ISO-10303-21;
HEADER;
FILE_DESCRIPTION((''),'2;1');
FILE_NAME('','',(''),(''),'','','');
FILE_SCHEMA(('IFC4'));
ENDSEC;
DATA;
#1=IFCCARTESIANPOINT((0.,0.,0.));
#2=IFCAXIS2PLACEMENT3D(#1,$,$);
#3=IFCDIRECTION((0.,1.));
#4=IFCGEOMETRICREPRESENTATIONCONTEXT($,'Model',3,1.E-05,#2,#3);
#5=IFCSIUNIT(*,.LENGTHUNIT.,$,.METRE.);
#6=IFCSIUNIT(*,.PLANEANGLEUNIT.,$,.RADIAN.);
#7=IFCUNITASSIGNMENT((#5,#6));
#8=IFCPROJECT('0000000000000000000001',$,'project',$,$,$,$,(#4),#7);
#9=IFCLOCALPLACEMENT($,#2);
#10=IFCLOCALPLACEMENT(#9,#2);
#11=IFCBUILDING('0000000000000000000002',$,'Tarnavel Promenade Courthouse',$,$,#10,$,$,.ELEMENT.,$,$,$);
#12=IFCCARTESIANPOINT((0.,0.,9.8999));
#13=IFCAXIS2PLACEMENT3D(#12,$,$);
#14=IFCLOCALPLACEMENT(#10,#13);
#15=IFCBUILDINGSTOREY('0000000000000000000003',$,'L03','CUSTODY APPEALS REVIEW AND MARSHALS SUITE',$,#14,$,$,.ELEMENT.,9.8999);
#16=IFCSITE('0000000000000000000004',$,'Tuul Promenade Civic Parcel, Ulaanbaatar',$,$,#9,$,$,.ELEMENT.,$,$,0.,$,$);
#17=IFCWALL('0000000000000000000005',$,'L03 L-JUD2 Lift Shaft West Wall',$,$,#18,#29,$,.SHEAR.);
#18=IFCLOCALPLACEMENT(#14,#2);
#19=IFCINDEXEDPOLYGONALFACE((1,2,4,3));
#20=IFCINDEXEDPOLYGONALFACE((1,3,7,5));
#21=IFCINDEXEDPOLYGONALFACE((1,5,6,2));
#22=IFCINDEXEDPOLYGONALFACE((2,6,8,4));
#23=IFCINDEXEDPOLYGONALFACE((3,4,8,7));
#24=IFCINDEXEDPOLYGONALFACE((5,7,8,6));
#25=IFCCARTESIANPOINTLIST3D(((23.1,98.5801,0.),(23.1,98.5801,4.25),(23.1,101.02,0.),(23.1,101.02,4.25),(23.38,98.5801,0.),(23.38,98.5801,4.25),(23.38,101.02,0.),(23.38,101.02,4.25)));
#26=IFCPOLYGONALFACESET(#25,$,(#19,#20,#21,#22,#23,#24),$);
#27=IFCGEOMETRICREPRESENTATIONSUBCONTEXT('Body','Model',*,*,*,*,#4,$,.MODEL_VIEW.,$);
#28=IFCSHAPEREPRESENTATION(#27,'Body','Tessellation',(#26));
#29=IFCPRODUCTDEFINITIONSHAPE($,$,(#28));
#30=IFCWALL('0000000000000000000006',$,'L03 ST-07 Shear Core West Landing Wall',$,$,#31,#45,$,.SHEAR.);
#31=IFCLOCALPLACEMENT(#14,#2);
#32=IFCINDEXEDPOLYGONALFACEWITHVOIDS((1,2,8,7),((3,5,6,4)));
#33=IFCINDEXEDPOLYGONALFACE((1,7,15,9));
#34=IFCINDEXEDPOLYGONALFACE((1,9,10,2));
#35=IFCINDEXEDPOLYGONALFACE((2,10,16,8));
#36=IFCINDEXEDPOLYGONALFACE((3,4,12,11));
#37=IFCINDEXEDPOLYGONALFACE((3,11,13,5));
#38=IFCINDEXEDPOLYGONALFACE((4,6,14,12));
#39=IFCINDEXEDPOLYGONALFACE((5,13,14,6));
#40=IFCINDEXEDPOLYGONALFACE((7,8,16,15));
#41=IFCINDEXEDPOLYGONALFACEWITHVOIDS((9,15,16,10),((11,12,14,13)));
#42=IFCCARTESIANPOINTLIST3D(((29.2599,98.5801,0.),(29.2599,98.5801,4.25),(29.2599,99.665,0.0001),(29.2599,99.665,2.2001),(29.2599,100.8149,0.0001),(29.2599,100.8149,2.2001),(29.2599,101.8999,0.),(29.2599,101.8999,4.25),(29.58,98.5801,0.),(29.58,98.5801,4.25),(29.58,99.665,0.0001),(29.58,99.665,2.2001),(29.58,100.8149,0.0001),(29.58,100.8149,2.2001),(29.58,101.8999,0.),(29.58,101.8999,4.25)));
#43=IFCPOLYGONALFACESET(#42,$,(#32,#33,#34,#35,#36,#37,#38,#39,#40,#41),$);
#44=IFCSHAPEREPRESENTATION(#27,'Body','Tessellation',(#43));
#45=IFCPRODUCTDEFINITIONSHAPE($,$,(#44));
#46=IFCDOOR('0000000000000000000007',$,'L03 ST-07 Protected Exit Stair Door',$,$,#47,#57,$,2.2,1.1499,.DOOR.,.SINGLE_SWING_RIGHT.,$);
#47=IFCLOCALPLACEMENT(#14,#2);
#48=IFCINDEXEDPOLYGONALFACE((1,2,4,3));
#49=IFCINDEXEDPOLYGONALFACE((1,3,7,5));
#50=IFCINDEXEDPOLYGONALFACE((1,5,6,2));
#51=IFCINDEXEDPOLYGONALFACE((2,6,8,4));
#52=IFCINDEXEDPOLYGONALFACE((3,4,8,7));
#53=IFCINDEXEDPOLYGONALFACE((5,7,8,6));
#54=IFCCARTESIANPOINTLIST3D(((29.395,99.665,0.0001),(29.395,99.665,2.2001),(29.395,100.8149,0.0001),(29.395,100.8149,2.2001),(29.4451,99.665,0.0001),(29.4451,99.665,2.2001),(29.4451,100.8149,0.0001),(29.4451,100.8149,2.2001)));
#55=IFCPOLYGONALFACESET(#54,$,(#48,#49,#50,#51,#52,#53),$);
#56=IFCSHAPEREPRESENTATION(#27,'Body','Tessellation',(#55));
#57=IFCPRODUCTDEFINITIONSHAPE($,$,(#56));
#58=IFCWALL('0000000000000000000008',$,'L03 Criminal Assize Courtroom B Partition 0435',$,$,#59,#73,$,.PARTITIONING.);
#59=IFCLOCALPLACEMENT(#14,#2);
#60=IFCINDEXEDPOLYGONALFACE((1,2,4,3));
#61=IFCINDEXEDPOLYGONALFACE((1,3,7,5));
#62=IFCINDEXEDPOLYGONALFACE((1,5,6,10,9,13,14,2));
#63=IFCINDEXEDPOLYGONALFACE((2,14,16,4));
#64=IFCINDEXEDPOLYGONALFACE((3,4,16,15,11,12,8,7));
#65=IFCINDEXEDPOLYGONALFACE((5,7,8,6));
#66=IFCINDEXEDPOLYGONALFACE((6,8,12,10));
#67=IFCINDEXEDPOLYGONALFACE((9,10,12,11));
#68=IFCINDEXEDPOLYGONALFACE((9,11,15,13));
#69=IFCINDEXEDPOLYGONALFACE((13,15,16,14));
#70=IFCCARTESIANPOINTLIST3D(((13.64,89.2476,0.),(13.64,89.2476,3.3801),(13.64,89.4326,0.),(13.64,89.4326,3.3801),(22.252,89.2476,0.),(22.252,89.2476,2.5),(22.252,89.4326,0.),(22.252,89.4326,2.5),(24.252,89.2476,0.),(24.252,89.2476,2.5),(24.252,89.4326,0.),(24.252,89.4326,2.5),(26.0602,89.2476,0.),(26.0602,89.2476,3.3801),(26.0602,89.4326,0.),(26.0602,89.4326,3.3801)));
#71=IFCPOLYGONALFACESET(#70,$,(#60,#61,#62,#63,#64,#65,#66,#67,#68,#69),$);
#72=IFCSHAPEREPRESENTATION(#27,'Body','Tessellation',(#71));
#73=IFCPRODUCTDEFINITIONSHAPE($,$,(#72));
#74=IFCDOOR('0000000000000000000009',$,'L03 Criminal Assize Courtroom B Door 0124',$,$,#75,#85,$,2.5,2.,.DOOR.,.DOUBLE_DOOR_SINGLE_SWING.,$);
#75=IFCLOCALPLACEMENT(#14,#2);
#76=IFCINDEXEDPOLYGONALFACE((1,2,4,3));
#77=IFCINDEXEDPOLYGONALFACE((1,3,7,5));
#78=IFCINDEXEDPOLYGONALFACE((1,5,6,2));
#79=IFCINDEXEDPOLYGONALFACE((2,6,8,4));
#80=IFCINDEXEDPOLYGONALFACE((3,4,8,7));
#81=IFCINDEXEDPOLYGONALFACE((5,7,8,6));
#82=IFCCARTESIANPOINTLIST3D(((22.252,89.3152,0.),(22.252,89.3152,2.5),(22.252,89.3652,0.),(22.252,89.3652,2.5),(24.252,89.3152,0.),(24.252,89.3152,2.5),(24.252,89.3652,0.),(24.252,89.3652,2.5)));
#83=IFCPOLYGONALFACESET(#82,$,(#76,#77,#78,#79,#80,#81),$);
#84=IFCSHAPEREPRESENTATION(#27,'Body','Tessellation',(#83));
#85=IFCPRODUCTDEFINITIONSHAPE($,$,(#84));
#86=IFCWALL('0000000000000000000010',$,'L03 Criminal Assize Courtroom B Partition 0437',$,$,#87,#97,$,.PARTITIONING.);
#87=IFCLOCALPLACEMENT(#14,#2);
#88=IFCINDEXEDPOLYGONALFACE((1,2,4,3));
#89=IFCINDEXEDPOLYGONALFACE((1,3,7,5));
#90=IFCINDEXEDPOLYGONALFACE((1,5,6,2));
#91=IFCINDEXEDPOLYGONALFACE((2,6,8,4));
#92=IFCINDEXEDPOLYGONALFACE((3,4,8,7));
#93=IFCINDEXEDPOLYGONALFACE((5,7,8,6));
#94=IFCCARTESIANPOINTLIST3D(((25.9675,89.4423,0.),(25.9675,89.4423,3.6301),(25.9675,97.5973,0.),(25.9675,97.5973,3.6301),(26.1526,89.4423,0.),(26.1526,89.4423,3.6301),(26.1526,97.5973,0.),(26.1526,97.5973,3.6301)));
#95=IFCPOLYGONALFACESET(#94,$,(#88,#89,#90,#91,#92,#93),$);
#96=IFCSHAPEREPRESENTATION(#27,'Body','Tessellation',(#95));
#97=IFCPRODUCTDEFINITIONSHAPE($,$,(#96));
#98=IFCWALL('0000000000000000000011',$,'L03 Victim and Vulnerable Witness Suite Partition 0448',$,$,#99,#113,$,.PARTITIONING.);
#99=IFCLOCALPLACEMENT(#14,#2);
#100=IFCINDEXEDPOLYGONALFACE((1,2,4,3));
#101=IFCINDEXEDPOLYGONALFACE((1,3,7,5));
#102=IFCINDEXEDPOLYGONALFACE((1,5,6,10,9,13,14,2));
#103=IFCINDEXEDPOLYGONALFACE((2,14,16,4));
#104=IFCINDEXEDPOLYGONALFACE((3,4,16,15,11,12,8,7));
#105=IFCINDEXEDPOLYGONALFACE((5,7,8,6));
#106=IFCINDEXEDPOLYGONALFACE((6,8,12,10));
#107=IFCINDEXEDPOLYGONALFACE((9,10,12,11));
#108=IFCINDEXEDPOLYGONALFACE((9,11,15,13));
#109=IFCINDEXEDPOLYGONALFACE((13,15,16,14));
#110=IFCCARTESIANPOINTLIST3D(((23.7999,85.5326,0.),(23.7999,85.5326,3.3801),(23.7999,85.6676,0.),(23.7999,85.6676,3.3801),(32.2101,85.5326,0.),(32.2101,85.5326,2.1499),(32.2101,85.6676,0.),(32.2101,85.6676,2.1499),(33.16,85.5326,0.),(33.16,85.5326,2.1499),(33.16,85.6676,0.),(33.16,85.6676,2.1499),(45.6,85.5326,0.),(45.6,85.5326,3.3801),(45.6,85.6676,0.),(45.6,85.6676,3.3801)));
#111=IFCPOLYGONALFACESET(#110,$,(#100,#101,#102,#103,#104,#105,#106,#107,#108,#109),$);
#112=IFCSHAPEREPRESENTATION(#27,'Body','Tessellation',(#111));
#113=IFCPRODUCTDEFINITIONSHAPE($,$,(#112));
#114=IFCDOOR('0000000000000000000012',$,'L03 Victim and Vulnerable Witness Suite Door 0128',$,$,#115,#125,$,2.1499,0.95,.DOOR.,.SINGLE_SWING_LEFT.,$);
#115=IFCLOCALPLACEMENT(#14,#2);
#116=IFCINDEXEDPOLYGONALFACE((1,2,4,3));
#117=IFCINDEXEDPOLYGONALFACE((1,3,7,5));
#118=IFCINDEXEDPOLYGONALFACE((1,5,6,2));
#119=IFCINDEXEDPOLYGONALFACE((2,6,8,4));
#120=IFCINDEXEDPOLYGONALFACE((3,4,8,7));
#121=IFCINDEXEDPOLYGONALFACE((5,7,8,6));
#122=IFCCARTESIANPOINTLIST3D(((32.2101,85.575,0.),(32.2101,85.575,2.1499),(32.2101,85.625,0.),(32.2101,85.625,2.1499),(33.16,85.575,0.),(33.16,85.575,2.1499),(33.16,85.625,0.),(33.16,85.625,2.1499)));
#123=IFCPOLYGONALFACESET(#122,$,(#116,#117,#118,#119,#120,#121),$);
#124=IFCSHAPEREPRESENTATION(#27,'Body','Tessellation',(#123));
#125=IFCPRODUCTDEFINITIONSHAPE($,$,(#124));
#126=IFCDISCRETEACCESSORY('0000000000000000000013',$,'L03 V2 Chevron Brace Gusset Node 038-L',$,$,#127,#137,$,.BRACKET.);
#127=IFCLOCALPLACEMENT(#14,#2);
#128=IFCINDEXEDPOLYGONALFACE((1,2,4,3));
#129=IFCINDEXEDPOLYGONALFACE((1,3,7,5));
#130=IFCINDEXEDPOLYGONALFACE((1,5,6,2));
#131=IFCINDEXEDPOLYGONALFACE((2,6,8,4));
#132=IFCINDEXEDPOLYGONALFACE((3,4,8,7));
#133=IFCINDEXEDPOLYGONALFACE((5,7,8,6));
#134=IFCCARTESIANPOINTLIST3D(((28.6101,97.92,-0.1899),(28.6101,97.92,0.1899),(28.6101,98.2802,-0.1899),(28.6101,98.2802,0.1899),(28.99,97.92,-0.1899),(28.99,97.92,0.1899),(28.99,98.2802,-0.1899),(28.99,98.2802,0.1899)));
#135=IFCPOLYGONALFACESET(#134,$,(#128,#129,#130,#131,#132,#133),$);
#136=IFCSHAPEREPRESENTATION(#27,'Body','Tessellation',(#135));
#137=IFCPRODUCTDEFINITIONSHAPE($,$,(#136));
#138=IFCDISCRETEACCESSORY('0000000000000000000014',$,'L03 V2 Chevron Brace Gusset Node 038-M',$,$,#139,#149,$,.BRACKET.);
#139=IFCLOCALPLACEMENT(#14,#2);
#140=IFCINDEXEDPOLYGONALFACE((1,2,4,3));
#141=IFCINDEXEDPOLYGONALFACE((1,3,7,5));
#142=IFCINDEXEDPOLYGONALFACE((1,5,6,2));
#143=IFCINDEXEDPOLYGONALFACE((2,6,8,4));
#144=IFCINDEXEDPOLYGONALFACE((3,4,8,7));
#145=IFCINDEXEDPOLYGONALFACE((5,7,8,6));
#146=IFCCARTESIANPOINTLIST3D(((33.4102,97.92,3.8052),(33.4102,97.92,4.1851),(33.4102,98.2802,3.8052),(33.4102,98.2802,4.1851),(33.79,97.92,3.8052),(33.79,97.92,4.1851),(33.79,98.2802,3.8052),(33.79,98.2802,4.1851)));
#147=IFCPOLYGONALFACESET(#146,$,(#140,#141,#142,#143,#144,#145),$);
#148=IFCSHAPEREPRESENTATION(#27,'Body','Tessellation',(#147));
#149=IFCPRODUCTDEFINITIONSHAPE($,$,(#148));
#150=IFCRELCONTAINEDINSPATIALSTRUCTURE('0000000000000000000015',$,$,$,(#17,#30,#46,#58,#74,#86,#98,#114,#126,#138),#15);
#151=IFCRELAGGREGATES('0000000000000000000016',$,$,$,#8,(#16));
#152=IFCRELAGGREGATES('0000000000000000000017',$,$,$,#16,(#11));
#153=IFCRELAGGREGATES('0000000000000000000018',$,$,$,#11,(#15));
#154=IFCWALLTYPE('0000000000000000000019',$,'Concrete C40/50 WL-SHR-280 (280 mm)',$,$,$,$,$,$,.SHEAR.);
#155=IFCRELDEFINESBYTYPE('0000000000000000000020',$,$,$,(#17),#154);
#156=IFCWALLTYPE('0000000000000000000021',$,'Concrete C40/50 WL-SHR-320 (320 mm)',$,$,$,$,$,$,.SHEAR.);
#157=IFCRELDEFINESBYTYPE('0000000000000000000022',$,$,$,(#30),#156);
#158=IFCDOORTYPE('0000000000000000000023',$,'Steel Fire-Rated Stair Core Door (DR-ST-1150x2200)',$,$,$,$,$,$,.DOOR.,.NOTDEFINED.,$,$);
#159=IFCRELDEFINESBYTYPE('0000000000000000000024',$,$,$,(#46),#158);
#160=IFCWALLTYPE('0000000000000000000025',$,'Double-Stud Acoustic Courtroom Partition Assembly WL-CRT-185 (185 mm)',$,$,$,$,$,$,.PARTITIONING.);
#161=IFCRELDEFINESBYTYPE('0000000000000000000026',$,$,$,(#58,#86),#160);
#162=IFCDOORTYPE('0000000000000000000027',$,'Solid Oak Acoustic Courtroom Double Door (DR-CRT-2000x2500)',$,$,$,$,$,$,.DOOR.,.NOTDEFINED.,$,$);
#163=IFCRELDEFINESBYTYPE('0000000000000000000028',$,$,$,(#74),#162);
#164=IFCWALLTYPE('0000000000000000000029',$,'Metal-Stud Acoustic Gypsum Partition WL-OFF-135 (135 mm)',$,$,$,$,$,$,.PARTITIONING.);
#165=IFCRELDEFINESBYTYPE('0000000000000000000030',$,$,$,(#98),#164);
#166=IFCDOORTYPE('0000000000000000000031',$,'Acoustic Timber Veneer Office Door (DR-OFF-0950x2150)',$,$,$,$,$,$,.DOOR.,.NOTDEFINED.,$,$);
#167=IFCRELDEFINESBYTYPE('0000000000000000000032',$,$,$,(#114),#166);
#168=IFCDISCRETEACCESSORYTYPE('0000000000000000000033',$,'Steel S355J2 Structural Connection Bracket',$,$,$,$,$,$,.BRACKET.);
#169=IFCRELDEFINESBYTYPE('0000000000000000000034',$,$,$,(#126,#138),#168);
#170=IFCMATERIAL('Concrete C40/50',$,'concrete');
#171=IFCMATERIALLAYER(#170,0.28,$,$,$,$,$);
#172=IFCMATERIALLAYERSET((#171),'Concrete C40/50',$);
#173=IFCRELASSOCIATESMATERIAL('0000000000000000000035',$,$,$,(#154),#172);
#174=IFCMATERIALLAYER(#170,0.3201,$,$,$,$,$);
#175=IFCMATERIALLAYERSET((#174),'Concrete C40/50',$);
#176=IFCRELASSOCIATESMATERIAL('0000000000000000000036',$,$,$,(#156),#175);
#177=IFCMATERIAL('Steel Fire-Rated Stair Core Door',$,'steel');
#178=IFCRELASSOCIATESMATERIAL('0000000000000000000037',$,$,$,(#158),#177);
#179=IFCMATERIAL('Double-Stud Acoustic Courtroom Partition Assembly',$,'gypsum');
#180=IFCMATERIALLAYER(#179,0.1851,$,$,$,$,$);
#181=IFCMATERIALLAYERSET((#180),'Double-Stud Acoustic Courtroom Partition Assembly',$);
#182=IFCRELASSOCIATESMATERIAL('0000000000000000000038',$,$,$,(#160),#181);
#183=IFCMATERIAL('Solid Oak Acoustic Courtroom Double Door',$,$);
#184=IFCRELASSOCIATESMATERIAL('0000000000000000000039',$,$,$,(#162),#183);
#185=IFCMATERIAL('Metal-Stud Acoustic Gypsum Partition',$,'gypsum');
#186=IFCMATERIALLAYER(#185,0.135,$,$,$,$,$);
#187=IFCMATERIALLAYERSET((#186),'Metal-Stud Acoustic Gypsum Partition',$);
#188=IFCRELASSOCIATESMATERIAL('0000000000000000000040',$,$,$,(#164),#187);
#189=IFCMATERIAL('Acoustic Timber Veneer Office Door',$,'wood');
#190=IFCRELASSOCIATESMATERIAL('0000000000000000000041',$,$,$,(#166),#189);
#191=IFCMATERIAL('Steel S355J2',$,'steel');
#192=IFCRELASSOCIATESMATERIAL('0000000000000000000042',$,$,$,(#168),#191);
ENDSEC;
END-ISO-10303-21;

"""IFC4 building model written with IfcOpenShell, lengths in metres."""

from ifc_helpers import new_model, si_unit, direction, frame, frame_2d, origin, origin_2d, place, context, subcontext, project, spatial, rectangle, extrude, material, layer, layer_set, type_object, element, fill, save


model = new_model("IFC4")

# Units and contexts
model_context = context("Model", 3, precision=1e-05, world=origin(), true_north=direction((0.0, 1.0)))
body_context = subcontext(model_context, "Body", "Model", "MODEL_VIEW")
ifc_project = project(units=[si_unit("LENGTHUNIT", "METRE"), si_unit("PLANEANGLEUNIT", "RADIAN")], contexts=[model_context])

# Site, building, storey
site_placement = place(None, origin())
site = spatial("IfcSite", under=ifc_project, at=site_placement, Name="Tuul Promenade Civic Parcel, Ulaanbaatar", CompositionType="ELEMENT", RefElevation=0.0)
building_placement = place(site_placement, origin())
building = spatial("IfcBuilding", under=site, at=building_placement, Name="Tarnavel Promenade Courthouse", CompositionType="ELEMENT")
storey_placement = place(building_placement, frame((0.0, 0.0, 9.8999)))
storey = spatial("IfcBuildingStorey", under=building, at=storey_placement, Name="L03", Description="CUSTODY APPEALS REVIEW AND MARSHALS SUITE", CompositionType="ELEMENT", Elevation=9.8999)

# Shared definitions
ifc_material_1 = material(Name="Concrete C40/50", Category="concrete")

# Shared definitions
ifc_material_2 = material(Name="Steel S355J2", Category="steel")

# Shared definitions
ifc_layer_1 = layer(ifc_material_1, 0.28)
ifc_layer_set_1 = layer_set([ifc_layer_1], Name="Concrete C40/50")
wall_type_1 = type_object("IfcWallType", Name="Concrete C40/50 WL-SHR-280 (280 mm)", PredefinedType="SHEAR", material=ifc_layer_set_1)

# Wall
wall_1_placement = place(storey_placement, frame((23.24, 98.5801, 0.0), z_axis=(0.0, 0.0, 1.0), x_axis=(0.0, 1.0, 0.0)))
element("IfcWall", 1, at=wall_1_placement, inside=storey, type_object=wall_type_1, Name="L03 L-JUD2 Lift Shaft West Wall", PredefinedType="SHEAR", context=body_context, shape_type="SweptSolid", body=[
    extrude(rectangle(XDim=2.4399, YDim=0.28, at=frame_2d((1.22, 0.0))), origin(), (0.0, 0.0, 1.0), 4.25),
])

# Walls, openings, doors
ifc_layer_2 = layer(ifc_material_1, 0.3201)
ifc_layer_set_2 = layer_set([ifc_layer_2], Name="Concrete C40/50")
wall_type_2 = type_object("IfcWallType", Name="Concrete C40/50 WL-SHR-320 (320 mm)", PredefinedType="SHEAR", material=ifc_layer_set_2)
wall_2_placement = place(storey_placement, frame((29.4199, 98.5801, 0.0), z_axis=(0.0, 0.0, 1.0), x_axis=(0.0, 1.0, 0.0)))
wall_2 = element("IfcWall", 2, at=wall_2_placement, inside=storey, type_object=wall_type_2, Name="L03 ST-07 Shear Core West Landing Wall", PredefinedType="SHEAR", context=body_context, shape_type="SweptSolid", body=[
    extrude(rectangle(XDim=3.3198, YDim=0.3201, at=frame_2d((1.6599, 0.0))), origin(), (0.0, 0.0, 1.0), 4.25),
])
opening_1_placement = place(wall_2_placement, frame((1.085, 0.0, 0.0)))
opening_1 = element("IfcOpeningElement", 3, at=opening_1_placement, cuts=wall_2, PredefinedType="OPENING", context=body_context, shape_type="SweptSolid", body=[
    extrude(rectangle(XDim=1.1499, YDim=2.2, at=frame_2d((0.575, 1.1001))), frame((0.0, 0.1699, 0.0), z_axis=(0.0, -1.0, 0.0), x_axis=(1.0, 0.0, 0.0)), (0.0, 0.0, 1.0), 0.3401),
])
ifc_material_3 = material(Name="Steel Fire-Rated Stair Core Door", Category="steel")
door_type_1 = type_object("IfcDoorType", Name="Steel Fire-Rated Stair Core Door (DR-ST-1150x2200)", OperationType="NOTDEFINED", PredefinedType="DOOR", material=ifc_material_3)
door_1_placement = place(opening_1_placement, origin())
door_1 = element("IfcDoor", 4, at=door_1_placement, inside=storey, type_object=door_type_1, Name="L03 ST-07 Protected Exit Stair Door", OperationType="SINGLE_SWING_RIGHT", OverallHeight=2.2, OverallWidth=1.1499, PredefinedType="DOOR", context=body_context, shape_type="SweptSolid", body=[
    extrude(rectangle(XDim=1.1499, YDim=2.2, at=frame_2d((0.575, 1.1001))), frame((0.0, 0.0249, 0.0), z_axis=(0.0, -1.0, 0.0), x_axis=(1.0, 0.0, 0.0)), (0.0, 0.0, 1.0), 0.05),
])
fill(opening_1, door_1)
ifc_material_4 = material(Name="Double-Stud Acoustic Courtroom Partition Assembly", Category="gypsum")
ifc_layer_3 = layer(ifc_material_4, 0.1851)
ifc_layer_set_3 = layer_set([ifc_layer_3], Name="Double-Stud Acoustic Courtroom Partition Assembly")
wall_type_3 = type_object("IfcWallType", Name="Double-Stud Acoustic Courtroom Partition Assembly WL-CRT-185 (185 mm)", PredefinedType="PARTITIONING", material=ifc_layer_set_3)
wall_3_placement = place(storey_placement, frame((26.0601, 89.3401, 0.0), z_axis=(0.0, 0.0, 1.0), x_axis=(-1.0, 0.0, 0.0)))
wall_3 = element("IfcWall", 5, at=wall_3_placement, inside=storey, type_object=wall_type_3, Name="L03 Criminal Assize Courtroom B Partition 0435", PredefinedType="PARTITIONING", context=body_context, shape_type="SweptSolid", body=[
    extrude(rectangle(XDim=12.4202, YDim=0.1851, at=frame_2d((6.21, 0.0))), origin(), (0.0, 0.0, 1.0), 3.3801),
])
opening_2_placement = place(wall_3_placement, frame((1.8081, 0.0, 0.0)))
opening_2 = element("IfcOpeningElement", 6, at=opening_2_placement, cuts=wall_3, PredefinedType="OPENING", context=body_context, shape_type="SweptSolid", body=[
    extrude(rectangle(XDim=2.0, YDim=2.5, at=frame_2d((1.0, 1.25))), frame((0.0, 0.1025, 0.0), z_axis=(0.0, -1.0, 0.0), x_axis=(1.0, 0.0, 0.0)), (0.0, 0.0, 1.0), 0.2051),
])
ifc_material_5 = material(Name="Solid Oak Acoustic Courtroom Double Door")
door_type_2 = type_object("IfcDoorType", Name="Solid Oak Acoustic Courtroom Double Door (DR-CRT-2000x2500)", OperationType="NOTDEFINED", PredefinedType="DOOR", material=ifc_material_5)
door_2_placement = place(opening_2_placement, origin())
door_2 = element("IfcDoor", 7, at=door_2_placement, inside=storey, type_object=door_type_2, Name="L03 Criminal Assize Courtroom B Door 0124", OperationType="DOUBLE_DOOR_SINGLE_SWING", OverallHeight=2.5, OverallWidth=2.0, PredefinedType="DOOR", context=body_context, shape_type="SweptSolid", body=[
    extrude(rectangle(XDim=2.0, YDim=2.5, at=frame_2d((1.0, 1.25))), frame((0.0, 0.0249, 0.0), z_axis=(0.0, -1.0, 0.0), x_axis=(1.0, 0.0, 0.0)), (0.0, 0.0, 1.0), 0.05),
])
fill(opening_2, door_2)

# Wall
wall_4_placement = place(storey_placement, frame((26.0601, 97.5974, 0.0), z_axis=(0.0, 0.0, 1.0), x_axis=(0.0, -1.0, 0.0)))
element("IfcWall", 8, at=wall_4_placement, inside=storey, type_object=wall_type_3, Name="L03 Criminal Assize Courtroom B Partition 0437", PredefinedType="PARTITIONING", context=body_context, shape_type="SweptSolid", body=[
    extrude(rectangle(XDim=8.155, YDim=0.1851, at=frame_2d((4.0776, 0.0))), origin(), (0.0, 0.0, 1.0), 3.6301),
])

# Wall, opening, door
ifc_material_6 = material(Name="Metal-Stud Acoustic Gypsum Partition", Category="gypsum")
ifc_layer_4 = layer(ifc_material_6, 0.135)
ifc_layer_set_4 = layer_set([ifc_layer_4], Name="Metal-Stud Acoustic Gypsum Partition")
wall_type_4 = type_object("IfcWallType", Name="Metal-Stud Acoustic Gypsum Partition WL-OFF-135 (135 mm)", PredefinedType="PARTITIONING", material=ifc_layer_set_4)
wall_5_placement = place(storey_placement, frame((23.8, 85.6001, 0.0), z_axis=(0.0, 0.0, 1.0), x_axis=(1.0, 0.0, 0.0)))
wall_5 = element("IfcWall", 9, at=wall_5_placement, inside=storey, type_object=wall_type_4, Name="L03 Victim and Vulnerable Witness Suite Partition 0448", PredefinedType="PARTITIONING", context=body_context, shape_type="SweptSolid", body=[
    extrude(rectangle(XDim=21.8, YDim=0.135, at=frame_2d((10.8999, 0.0))), origin(), (0.0, 0.0, 1.0), 3.3801),
])
opening_3_placement = place(wall_5_placement, frame((8.4099, 0.0, 0.0)))
opening_3 = element("IfcOpeningElement", 10, at=opening_3_placement, cuts=wall_5, PredefinedType="OPENING", context=body_context, shape_type="SweptSolid", body=[
    extrude(rectangle(XDim=0.95, YDim=2.1499, at=frame_2d((0.4751, 1.075))), frame((0.0, 0.0774, 0.0), z_axis=(0.0, -1.0, 0.0), x_axis=(1.0, 0.0, 0.0)), (0.0, 0.0, 1.0), 0.155),
])
ifc_material_7 = material(Name="Acoustic Timber Veneer Office Door", Category="wood")
door_type_3 = type_object("IfcDoorType", Name="Acoustic Timber Veneer Office Door (DR-OFF-0950x2150)", OperationType="NOTDEFINED", PredefinedType="DOOR", material=ifc_material_7)
door_3_placement = place(opening_3_placement, origin())
door_3 = element("IfcDoor", 11, at=door_3_placement, inside=storey, type_object=door_type_3, Name="L03 Victim and Vulnerable Witness Suite Door 0128", OperationType="SINGLE_SWING_LEFT", OverallHeight=2.1499, OverallWidth=0.95, PredefinedType="DOOR", context=body_context, shape_type="SweptSolid", body=[
    extrude(rectangle(XDim=0.95, YDim=2.1499, at=frame_2d((0.4751, 1.075))), frame((0.0, 0.0249, 0.0), z_axis=(0.0, -1.0, 0.0), x_axis=(1.0, 0.0, 0.0)), (0.0, 0.0, 1.0), 0.05),
])
fill(opening_3, door_3)

# Discrete accessories
discrete_accessory_type = type_object("IfcDiscreteAccessoryType", Name="Steel S355J2 Structural Connection Bracket", PredefinedType="BRACKET", material=ifc_material_2)
for number, where, z_axis, x_axis, name in (
    (12, (28.8, 98.1001, -0.1899), (0.0, 0.0, 1.0), (1.0, 0.0, 0.0), "L03 V2 Chevron Brace Gusset Node 038-L"),
    (13, (33.6001, 98.1001, 3.8052), (0.0, 0.0, 1.0), (1.0, 0.0, 0.0), "L03 V2 Chevron Brace Gusset Node 038-M"),
):
    element("IfcDiscreteAccessory", number, at=place(storey_placement, frame(where, z_axis=z_axis, x_axis=x_axis)), inside=storey, type_object=discrete_accessory_type, Name=name, PredefinedType="BRACKET", context=body_context, shape_type="SweptSolid", body=[
        extrude(rectangle(XDim=0.3799, YDim=0.3601, at=origin_2d()), origin(), (0.0, 0.0, 1.0), 0.3799),
    ])

save(model, "model.ifc")
